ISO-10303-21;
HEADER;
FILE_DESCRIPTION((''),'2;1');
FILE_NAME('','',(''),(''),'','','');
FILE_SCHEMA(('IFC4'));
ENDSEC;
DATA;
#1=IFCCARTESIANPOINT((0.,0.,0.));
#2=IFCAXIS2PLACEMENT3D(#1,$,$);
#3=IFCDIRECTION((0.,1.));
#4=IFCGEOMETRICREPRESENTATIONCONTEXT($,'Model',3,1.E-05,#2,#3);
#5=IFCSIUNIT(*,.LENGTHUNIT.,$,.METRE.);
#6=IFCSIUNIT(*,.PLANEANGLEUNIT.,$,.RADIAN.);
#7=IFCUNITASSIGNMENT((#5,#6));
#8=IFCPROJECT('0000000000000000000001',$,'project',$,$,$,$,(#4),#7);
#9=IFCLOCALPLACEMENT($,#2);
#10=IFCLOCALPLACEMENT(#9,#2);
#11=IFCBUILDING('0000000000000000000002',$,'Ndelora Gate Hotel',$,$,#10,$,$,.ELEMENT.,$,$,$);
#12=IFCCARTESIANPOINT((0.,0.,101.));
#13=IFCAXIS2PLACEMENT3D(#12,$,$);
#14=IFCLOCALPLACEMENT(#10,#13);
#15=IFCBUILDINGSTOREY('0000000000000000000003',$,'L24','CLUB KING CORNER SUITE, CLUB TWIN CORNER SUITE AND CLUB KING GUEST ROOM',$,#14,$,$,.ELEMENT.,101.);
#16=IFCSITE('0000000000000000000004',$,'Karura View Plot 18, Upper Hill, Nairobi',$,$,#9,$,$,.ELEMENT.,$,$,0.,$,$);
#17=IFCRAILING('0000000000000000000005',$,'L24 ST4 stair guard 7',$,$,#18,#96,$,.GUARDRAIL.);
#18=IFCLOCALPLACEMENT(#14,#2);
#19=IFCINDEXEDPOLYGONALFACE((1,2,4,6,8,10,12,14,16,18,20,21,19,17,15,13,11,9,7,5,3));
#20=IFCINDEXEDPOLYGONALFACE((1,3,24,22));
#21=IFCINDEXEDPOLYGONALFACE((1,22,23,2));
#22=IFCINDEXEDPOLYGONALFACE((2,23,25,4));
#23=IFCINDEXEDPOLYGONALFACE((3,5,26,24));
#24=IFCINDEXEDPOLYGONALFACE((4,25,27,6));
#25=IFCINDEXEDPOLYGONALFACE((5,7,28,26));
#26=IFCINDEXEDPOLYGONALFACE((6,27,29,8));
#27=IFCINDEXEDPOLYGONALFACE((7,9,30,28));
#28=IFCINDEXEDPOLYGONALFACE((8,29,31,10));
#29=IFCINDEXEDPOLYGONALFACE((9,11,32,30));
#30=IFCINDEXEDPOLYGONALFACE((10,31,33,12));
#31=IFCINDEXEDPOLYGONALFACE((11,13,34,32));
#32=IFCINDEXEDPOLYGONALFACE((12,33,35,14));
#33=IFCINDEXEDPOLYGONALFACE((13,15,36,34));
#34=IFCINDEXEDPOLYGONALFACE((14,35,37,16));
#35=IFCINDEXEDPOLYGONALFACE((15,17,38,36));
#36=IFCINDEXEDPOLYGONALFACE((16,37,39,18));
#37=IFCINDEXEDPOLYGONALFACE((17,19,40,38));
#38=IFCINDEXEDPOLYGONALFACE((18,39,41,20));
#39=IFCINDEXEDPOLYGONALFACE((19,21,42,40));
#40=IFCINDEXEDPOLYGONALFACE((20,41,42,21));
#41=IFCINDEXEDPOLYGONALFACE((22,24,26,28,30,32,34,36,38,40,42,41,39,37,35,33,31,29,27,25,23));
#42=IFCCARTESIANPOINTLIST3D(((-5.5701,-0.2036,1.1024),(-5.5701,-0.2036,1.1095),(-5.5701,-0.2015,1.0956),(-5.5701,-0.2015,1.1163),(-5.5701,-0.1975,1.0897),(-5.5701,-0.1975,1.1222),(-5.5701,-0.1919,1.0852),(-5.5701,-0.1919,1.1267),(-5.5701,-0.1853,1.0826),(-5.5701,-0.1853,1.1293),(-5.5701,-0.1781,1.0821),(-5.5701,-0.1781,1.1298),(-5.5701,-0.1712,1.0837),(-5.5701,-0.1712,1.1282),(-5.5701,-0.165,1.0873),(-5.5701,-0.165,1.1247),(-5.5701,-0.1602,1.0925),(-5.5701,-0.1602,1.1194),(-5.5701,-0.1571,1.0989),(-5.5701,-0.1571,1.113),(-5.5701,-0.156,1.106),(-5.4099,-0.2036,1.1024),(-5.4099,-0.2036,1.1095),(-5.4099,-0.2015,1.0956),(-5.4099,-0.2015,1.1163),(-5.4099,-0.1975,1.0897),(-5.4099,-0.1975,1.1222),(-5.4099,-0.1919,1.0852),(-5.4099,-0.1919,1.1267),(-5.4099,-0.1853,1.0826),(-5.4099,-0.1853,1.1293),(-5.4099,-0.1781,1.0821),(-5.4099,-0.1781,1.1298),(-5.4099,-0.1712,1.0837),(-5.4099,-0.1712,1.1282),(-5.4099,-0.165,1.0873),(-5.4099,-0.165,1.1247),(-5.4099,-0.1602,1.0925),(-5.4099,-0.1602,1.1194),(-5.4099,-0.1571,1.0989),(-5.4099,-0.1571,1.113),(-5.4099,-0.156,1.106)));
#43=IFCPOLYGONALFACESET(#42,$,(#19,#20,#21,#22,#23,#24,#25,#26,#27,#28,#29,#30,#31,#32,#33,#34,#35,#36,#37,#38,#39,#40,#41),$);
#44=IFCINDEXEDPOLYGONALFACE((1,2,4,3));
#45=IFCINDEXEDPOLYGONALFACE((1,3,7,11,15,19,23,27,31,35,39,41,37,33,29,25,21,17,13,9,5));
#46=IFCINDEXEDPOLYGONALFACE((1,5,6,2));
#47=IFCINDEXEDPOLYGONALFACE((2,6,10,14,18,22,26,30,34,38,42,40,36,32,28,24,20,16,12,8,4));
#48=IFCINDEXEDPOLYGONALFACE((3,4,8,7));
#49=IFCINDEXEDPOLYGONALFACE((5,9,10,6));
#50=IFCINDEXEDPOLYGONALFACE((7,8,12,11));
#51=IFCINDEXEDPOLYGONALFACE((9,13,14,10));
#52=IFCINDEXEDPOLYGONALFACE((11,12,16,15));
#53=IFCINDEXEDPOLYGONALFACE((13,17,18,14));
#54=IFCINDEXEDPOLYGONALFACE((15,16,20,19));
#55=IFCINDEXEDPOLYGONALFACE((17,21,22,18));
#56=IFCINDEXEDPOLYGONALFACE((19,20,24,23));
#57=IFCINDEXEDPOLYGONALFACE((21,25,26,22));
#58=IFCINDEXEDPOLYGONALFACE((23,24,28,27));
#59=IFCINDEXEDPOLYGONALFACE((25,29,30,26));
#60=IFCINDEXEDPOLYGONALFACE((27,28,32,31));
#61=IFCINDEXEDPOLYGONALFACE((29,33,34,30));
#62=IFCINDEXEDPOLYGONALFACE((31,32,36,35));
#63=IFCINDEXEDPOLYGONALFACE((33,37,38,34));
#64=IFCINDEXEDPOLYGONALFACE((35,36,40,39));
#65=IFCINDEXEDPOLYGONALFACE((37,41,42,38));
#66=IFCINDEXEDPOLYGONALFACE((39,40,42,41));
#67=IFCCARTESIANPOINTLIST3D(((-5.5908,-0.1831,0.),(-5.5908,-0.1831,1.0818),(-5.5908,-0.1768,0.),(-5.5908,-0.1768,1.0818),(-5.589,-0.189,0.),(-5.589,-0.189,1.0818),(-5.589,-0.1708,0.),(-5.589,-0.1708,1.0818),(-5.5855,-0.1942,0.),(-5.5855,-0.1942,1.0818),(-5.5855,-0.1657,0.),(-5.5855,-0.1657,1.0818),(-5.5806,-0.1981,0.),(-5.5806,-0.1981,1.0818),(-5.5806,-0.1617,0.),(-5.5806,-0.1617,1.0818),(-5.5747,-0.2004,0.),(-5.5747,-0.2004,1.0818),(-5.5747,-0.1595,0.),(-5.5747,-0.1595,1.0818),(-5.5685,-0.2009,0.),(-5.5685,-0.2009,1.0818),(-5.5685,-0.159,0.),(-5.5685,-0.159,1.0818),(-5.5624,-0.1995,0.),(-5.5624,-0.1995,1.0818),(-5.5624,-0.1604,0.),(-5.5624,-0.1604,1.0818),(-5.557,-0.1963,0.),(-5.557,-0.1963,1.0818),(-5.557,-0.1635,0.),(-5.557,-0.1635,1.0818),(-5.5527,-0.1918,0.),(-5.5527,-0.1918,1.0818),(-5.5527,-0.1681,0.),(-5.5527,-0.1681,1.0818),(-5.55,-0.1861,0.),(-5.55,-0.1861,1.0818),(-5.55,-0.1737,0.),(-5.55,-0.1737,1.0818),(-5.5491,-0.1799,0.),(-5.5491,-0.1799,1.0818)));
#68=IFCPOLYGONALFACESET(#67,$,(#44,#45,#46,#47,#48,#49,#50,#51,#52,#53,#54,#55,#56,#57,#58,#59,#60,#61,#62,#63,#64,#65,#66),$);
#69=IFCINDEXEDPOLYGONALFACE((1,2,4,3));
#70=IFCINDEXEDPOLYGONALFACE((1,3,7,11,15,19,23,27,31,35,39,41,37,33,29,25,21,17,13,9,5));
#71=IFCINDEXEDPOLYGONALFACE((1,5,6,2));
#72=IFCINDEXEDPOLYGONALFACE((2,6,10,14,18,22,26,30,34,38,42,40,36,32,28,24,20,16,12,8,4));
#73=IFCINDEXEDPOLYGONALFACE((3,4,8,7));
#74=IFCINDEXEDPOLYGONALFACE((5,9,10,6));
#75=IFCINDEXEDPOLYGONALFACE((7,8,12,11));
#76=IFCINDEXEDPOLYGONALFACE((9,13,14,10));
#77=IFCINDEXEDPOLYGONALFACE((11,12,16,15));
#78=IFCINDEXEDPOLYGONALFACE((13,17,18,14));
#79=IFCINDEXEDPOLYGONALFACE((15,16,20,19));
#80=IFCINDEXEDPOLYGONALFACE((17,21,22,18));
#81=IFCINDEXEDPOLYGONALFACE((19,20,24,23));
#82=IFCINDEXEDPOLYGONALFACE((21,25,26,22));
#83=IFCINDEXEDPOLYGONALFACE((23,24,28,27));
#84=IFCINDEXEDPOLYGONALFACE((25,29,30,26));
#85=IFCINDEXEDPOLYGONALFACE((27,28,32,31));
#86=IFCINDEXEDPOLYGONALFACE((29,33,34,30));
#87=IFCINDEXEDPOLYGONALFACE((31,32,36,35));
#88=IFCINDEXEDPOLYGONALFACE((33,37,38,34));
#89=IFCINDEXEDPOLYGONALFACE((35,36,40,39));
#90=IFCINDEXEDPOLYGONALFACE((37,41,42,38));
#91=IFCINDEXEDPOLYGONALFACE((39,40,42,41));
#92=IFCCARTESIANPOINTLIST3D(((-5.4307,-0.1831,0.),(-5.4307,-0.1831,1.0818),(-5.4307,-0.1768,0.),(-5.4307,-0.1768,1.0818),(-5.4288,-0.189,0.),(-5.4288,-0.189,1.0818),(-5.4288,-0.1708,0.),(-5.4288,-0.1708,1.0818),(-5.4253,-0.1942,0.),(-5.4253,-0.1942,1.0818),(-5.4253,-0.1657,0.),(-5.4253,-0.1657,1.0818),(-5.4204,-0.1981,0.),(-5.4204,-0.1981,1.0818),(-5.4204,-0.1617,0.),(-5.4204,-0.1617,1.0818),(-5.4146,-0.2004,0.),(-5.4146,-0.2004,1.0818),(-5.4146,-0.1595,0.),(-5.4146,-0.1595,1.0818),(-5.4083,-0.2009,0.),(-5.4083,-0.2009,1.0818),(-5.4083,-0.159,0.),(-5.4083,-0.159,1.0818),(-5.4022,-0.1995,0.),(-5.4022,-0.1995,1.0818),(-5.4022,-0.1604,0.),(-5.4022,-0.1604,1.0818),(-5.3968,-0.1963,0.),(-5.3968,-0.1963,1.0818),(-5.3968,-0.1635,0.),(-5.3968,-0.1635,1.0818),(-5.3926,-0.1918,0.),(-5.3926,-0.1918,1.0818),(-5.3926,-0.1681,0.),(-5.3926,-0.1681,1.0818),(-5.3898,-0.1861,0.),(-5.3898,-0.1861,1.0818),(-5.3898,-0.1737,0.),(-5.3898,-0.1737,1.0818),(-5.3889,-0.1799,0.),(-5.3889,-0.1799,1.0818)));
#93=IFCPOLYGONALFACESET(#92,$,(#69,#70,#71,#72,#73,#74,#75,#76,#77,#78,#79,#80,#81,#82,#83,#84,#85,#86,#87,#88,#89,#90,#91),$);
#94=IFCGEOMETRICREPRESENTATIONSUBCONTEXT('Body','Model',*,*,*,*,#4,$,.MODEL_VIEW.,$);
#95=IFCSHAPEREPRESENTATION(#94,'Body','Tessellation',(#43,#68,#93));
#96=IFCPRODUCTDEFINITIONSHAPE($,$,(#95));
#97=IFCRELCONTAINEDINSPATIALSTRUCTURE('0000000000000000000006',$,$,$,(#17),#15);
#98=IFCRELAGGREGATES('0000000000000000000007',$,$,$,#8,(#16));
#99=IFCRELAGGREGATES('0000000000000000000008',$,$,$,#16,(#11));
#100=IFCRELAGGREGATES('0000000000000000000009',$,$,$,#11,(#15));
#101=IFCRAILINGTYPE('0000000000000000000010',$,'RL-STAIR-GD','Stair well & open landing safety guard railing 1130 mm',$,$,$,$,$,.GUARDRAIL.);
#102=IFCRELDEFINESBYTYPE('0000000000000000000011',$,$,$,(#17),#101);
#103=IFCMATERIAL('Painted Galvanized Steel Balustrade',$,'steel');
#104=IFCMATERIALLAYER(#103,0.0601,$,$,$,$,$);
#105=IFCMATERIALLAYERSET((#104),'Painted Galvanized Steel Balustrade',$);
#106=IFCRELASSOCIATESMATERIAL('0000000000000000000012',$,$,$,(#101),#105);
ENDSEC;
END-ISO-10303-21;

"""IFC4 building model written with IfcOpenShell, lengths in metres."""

from ifc_helpers import new_model, si_unit, direction, frame, origin, origin_2d, place, context, subcontext, project, spatial, circle, extrude, material, layer, layer_set, type_object, element, save


model = new_model("IFC4")

# Units and contexts
model_context = context("Model", 3, precision=1e-05, world=origin(), true_north=direction((0.0, 1.0)))
body_context = subcontext(model_context, "Body", "Model", "MODEL_VIEW")
ifc_project = project(units=[si_unit("LENGTHUNIT", "METRE"), si_unit("PLANEANGLEUNIT", "RADIAN")], contexts=[model_context])

# Site, building, storey
site_placement = place(None, origin())
site = spatial("IfcSite", under=ifc_project, at=site_placement, Name="Karura View Plot 18, Upper Hill, Nairobi", CompositionType="ELEMENT", RefElevation=0.0)
building_placement = place(site_placement, origin())
building = spatial("IfcBuilding", under=site, at=building_placement, Name="Ndelora Gate Hotel", CompositionType="ELEMENT")
storey_placement = place(building_placement, frame((0.0, 0.0, 101.0)))
storey = spatial("IfcBuildingStorey", under=building, at=storey_placement, Name="L24", Description="CLUB KING CORNER SUITE, CLUB TWIN CORNER SUITE AND CLUB KING GUEST ROOM", CompositionType="ELEMENT", Elevation=101.0)

# Railing
ifc_material_1 = material(Name="Painted Galvanized Steel Balustrade", Category="steel")
ifc_layer_1 = layer(ifc_material_1, 0.0601)
ifc_layer_set_1 = layer_set([ifc_layer_1], Name="Painted Galvanized Steel Balustrade")
railing_type_1 = type_object("IfcRailingType", Name="RL-STAIR-GD", Description="Stair well & open landing safety guard railing 1130 mm", PredefinedType="GUARDRAIL", material=ifc_layer_set_1)
railing_1_placement = place(storey_placement, frame((-5.5701, -0.1799, 0.0)))
element("IfcRailing", 1, at=railing_1_placement, inside=storey, type_object=railing_type_1, Name="L24 ST4 stair guard 7", PredefinedType="GUARDRAIL", context=body_context, shape_type="SweptSolid", body=[
    extrude(circle(Radius=0.0239, at=origin_2d()), frame((0.0, 0.0, 1.106), z_axis=(1.0, 0.0, 0.0), x_axis=(0.0, 1.0, 0.0)), (0.0, 0.0, 1.0), 0.1602),
    extrude(circle(Radius=0.021, at=origin_2d()), origin(), (0.0, 0.0, 1.0), 1.0818),
    extrude(circle(Radius=0.021, at=origin_2d()), frame((0.1602, 0.0, 0.0)), (0.0, 0.0, 1.0), 1.0818),
])

save(model, "model.ifc")
